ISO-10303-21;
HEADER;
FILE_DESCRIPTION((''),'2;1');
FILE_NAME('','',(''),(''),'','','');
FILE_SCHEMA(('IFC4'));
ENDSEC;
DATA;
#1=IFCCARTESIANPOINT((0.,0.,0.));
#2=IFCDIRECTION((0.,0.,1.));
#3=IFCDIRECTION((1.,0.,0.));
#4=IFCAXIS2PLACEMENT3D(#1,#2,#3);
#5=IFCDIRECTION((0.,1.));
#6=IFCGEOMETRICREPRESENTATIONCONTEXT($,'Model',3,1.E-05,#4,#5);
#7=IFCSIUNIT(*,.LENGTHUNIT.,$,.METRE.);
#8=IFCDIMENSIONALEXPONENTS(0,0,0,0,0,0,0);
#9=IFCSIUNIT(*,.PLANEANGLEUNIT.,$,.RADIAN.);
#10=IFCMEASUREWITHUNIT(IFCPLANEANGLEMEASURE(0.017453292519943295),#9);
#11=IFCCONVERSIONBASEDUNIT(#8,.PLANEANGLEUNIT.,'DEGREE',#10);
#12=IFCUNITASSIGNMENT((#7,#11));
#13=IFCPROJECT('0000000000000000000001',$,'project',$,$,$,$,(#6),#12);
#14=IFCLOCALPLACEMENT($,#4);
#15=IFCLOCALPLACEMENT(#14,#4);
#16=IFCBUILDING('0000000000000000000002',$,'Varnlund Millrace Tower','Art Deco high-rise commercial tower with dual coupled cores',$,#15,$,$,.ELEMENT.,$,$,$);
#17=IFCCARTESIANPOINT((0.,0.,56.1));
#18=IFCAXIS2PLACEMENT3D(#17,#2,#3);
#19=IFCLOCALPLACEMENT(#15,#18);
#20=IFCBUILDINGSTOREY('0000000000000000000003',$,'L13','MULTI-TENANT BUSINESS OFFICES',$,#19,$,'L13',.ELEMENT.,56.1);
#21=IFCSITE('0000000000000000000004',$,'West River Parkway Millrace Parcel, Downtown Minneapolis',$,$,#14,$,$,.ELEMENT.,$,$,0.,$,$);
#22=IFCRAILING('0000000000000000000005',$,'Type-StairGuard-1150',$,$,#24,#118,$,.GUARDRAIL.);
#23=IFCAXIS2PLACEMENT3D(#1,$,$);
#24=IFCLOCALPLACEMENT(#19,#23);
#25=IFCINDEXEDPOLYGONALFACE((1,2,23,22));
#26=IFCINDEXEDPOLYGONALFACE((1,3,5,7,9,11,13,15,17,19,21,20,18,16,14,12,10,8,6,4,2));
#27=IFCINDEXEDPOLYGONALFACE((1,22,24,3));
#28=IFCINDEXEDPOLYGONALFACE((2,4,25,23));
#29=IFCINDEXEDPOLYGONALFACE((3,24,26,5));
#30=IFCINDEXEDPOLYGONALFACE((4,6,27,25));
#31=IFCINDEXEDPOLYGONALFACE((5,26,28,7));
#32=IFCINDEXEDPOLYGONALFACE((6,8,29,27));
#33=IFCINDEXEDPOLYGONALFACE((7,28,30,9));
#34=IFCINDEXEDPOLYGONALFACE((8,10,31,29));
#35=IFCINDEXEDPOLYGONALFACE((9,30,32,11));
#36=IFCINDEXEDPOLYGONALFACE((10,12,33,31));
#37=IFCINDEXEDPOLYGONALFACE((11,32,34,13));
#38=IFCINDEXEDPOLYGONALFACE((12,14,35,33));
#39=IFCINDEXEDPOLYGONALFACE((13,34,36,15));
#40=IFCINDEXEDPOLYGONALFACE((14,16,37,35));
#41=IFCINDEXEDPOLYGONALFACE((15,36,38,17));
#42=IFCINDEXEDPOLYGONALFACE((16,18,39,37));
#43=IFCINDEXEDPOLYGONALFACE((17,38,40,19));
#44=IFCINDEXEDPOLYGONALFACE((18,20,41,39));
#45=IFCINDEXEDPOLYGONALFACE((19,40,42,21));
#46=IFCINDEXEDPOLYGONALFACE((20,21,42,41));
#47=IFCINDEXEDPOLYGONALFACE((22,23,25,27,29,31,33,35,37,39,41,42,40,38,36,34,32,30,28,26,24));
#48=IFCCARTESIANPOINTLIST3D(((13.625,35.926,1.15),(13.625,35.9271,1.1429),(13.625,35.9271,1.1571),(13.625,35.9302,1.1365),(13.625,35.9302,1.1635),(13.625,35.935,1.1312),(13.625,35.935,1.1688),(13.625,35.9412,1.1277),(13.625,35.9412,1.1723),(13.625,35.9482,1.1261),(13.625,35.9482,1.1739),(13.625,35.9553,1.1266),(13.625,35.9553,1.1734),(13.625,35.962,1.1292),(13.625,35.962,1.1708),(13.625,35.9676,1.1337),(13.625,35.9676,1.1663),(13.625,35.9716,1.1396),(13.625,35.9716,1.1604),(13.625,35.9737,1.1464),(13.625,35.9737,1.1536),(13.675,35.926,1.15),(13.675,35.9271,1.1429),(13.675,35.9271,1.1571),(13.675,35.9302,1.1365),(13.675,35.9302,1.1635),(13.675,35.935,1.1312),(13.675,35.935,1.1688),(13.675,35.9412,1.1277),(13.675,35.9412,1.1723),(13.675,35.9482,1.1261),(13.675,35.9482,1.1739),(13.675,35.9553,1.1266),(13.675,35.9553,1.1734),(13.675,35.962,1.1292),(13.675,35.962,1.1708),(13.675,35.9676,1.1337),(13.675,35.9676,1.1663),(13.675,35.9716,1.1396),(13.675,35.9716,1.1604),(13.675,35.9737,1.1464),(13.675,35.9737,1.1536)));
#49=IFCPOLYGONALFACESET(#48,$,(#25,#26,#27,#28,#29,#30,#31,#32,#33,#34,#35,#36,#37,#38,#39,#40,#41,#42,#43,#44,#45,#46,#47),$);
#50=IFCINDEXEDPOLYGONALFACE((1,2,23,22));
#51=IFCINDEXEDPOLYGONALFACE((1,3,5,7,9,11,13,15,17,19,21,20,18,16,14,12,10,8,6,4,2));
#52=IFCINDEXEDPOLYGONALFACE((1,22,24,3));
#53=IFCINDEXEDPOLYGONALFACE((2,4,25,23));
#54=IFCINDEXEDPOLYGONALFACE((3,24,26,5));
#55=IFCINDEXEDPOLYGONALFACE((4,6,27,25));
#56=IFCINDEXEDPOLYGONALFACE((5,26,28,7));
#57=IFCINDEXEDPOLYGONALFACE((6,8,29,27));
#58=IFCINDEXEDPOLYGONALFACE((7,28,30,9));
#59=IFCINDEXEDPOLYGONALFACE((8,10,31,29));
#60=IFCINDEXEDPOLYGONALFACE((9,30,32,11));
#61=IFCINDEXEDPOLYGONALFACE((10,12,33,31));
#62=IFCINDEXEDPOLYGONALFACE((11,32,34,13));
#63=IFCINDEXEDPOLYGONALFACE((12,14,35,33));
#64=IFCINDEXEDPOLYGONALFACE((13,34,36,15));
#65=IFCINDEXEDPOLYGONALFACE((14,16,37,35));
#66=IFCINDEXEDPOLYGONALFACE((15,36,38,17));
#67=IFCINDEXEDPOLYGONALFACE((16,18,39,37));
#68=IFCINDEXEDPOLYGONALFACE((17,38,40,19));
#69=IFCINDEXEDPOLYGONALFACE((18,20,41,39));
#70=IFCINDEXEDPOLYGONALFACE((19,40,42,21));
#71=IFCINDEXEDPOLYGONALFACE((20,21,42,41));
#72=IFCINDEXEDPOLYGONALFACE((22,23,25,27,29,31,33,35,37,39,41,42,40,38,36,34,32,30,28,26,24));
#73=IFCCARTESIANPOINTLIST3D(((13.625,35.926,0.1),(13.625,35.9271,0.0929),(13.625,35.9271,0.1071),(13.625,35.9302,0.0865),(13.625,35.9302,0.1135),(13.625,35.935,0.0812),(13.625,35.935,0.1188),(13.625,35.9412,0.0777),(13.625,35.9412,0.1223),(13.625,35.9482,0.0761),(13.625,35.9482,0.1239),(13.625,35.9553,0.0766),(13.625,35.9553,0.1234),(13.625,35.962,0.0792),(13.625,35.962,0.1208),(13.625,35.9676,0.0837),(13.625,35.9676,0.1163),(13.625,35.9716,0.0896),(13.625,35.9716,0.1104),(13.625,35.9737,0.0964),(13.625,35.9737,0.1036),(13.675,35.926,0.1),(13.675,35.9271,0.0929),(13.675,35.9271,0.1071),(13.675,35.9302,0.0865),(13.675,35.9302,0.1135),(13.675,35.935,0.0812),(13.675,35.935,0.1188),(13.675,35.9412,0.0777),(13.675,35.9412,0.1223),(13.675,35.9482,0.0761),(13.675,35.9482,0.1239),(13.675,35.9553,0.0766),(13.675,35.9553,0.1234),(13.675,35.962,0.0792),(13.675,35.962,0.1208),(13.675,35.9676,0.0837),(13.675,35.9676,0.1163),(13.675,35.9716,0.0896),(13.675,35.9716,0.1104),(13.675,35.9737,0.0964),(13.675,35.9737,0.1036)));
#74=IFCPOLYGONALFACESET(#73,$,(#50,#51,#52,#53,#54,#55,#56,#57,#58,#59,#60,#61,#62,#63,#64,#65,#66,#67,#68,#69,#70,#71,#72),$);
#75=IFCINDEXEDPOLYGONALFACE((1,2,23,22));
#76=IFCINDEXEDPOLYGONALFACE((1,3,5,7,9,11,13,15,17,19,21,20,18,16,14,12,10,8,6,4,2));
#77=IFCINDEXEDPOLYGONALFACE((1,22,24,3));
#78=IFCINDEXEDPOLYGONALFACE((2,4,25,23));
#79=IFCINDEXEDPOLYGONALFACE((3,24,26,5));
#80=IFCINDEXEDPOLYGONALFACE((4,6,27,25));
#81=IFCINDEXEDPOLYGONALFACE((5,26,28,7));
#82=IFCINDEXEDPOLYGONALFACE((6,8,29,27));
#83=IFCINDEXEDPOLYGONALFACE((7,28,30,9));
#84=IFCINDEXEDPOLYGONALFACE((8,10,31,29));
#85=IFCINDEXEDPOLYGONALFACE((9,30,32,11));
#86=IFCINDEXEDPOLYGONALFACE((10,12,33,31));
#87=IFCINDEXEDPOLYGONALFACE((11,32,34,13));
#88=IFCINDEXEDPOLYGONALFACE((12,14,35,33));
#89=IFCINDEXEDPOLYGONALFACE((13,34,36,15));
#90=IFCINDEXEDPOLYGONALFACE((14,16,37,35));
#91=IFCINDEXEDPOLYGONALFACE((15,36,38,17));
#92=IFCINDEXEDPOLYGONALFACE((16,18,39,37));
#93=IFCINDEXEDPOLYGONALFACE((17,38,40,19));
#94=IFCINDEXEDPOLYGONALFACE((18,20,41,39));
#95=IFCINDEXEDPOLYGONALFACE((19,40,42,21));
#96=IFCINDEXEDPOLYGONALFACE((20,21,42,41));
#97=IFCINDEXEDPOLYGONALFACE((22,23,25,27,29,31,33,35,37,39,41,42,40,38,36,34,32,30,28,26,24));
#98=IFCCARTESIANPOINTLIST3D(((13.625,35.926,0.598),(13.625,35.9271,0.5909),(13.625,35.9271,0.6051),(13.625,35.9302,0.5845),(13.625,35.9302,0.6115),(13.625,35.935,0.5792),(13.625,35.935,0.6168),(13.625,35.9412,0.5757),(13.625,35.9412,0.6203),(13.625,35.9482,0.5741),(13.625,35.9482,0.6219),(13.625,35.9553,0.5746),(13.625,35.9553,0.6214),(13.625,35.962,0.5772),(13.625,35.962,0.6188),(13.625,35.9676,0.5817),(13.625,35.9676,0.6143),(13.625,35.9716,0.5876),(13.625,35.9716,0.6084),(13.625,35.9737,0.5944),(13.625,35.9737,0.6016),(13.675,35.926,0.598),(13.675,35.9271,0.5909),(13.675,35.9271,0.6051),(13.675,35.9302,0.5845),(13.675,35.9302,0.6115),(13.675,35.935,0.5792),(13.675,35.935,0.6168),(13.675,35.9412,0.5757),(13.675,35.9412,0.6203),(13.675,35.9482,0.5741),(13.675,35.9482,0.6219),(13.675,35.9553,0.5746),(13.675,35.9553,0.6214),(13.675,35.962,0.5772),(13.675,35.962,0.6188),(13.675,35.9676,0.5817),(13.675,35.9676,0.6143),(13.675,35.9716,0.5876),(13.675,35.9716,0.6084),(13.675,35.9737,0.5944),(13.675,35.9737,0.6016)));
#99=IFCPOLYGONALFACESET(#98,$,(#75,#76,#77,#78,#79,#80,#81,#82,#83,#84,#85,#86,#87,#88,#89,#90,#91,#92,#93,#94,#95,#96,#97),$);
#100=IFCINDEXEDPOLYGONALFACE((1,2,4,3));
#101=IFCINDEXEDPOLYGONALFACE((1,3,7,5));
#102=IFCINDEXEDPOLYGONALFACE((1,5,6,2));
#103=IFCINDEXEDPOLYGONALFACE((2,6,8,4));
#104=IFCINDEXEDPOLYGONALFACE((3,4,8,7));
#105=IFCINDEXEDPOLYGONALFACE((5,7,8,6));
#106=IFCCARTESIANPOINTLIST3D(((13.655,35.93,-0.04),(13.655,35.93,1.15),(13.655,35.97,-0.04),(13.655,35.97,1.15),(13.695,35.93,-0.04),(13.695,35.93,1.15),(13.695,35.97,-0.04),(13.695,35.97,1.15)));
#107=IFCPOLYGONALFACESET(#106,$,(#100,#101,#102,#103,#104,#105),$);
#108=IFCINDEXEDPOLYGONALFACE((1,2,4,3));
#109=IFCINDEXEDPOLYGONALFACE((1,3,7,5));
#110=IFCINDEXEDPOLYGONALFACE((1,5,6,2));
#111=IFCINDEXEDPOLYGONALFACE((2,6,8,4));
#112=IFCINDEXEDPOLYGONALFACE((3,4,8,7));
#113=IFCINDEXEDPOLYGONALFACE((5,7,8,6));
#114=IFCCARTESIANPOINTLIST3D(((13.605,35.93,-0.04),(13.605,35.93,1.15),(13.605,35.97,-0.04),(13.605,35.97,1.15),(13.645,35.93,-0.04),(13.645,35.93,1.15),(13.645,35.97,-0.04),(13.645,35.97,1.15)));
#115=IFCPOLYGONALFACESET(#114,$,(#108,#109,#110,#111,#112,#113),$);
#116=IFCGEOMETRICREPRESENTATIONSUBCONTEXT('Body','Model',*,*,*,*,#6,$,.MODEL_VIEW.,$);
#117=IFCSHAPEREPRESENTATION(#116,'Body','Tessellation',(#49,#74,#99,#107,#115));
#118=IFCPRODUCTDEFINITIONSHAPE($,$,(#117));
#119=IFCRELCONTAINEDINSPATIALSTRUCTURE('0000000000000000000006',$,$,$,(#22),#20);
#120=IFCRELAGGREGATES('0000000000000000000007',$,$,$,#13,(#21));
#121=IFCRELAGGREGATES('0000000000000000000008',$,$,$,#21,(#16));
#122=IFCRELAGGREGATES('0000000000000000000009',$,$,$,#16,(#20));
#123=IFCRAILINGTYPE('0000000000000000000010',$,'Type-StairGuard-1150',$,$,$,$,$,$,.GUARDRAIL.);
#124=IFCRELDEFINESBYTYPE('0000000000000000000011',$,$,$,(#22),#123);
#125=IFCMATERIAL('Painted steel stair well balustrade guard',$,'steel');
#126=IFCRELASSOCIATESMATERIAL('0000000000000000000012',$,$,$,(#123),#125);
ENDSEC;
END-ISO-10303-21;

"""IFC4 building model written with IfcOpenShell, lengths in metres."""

from ifc_helpers import new_model, entity, si_unit, converted_unit, direction, frame, origin_with_axes, origin_2d_with_axis, place, context, subcontext, project, spatial, rectangle, circle, extrude, material, type_object, element, save


model = new_model("IFC4")

# Units and contexts
model_context = context("Model", 3, precision=1e-05, world=origin_with_axes(), true_north=direction((0.0, 1.0)))
body_context = subcontext(model_context, "Body", "Model", "MODEL_VIEW")
ifc_project = project(units=[si_unit("LENGTHUNIT", "METRE"), converted_unit("PLANEANGLEUNIT", "DEGREE", entity("IfcPlaneAngleMeasure", 0.017453292519943295), si_unit("PLANEANGLEUNIT", "RADIAN"), dimensions=[0, 0, 0, 0, 0, 0, 0])], contexts=[model_context])

# Site, building, storey
site_placement = place(None, origin_with_axes())
site = spatial("IfcSite", under=ifc_project, at=site_placement, Name="West River Parkway Millrace Parcel, Downtown Minneapolis", CompositionType="ELEMENT", RefElevation=0.0)
building_placement = place(site_placement, origin_with_axes())
building = spatial("IfcBuilding", under=site, at=building_placement, Name="Varnlund Millrace Tower", Description="Art Deco high-rise commercial tower with dual coupled cores", CompositionType="ELEMENT")
storey_placement = place(building_placement, frame((0.0, 0.0, 56.1), z_axis=(0.0, 0.0, 1.0), x_axis=(1.0, 0.0, 0.0)))
storey = spatial("IfcBuildingStorey", under=building, at=storey_placement, Name="L13", Description="MULTI-TENANT BUSINESS OFFICES", LongName="L13", CompositionType="ELEMENT", Elevation=56.1)

# Railing
ifc_material_1 = material(Name="Painted steel stair well balustrade guard", Category="steel")
railing_type_1 = type_object("IfcRailingType", Name="Type-StairGuard-1150", PredefinedType="GUARDRAIL", material=ifc_material_1)
railing_1_placement = place(storey_placement, frame((0.0, 0.0, -56.1), z_axis=(0.0, 0.0, 1.0), x_axis=(1.0, 0.0, 0.0)))
element("IfcRailing", 1, at=railing_1_placement, inside=storey, type_object=railing_type_1, Name="Type-StairGuard-1150", PredefinedType="GUARDRAIL", context=body_context, shape_type="SweptSolid", body=[
    extrude(circle(Radius=0.024, at=origin_2d_with_axis()), frame((13.675, 35.95, 57.25), z_axis=(-1.0, 0.0, 0.0), x_axis=(0.0, -1.0, 0.0)), (0.0, 0.0, 1.0), 0.05),
    extrude(circle(Radius=0.024, at=origin_2d_with_axis()), frame((13.675, 35.95, 56.2), z_axis=(-1.0, 0.0, 0.0), x_axis=(0.0, -1.0, 0.0)), (0.0, 0.0, 1.0), 0.05),
    extrude(circle(Radius=0.024, at=origin_2d_with_axis()), frame((13.675, 35.95, 56.698), z_axis=(-1.0, 0.0, 0.0), x_axis=(0.0, -1.0, 0.0)), (0.0, 0.0, 1.0), 0.05),
    extrude(rectangle(XDim=0.04, YDim=0.04, at=origin_2d_with_axis()), frame((13.675, 35.95, 56.06), z_axis=(0.0, 0.0, 1.0), x_axis=(1.0, 0.0, 0.0)), (0.0, 0.0, 1.0), 1.19),
    extrude(rectangle(XDim=0.04, YDim=0.04, at=origin_2d_with_axis()), frame((13.625, 35.95, 56.06), z_axis=(0.0, 0.0, 1.0), x_axis=(1.0, 0.0, 0.0)), (0.0, 0.0, 1.0), 1.19),
])

save(model, "model.ifc")
